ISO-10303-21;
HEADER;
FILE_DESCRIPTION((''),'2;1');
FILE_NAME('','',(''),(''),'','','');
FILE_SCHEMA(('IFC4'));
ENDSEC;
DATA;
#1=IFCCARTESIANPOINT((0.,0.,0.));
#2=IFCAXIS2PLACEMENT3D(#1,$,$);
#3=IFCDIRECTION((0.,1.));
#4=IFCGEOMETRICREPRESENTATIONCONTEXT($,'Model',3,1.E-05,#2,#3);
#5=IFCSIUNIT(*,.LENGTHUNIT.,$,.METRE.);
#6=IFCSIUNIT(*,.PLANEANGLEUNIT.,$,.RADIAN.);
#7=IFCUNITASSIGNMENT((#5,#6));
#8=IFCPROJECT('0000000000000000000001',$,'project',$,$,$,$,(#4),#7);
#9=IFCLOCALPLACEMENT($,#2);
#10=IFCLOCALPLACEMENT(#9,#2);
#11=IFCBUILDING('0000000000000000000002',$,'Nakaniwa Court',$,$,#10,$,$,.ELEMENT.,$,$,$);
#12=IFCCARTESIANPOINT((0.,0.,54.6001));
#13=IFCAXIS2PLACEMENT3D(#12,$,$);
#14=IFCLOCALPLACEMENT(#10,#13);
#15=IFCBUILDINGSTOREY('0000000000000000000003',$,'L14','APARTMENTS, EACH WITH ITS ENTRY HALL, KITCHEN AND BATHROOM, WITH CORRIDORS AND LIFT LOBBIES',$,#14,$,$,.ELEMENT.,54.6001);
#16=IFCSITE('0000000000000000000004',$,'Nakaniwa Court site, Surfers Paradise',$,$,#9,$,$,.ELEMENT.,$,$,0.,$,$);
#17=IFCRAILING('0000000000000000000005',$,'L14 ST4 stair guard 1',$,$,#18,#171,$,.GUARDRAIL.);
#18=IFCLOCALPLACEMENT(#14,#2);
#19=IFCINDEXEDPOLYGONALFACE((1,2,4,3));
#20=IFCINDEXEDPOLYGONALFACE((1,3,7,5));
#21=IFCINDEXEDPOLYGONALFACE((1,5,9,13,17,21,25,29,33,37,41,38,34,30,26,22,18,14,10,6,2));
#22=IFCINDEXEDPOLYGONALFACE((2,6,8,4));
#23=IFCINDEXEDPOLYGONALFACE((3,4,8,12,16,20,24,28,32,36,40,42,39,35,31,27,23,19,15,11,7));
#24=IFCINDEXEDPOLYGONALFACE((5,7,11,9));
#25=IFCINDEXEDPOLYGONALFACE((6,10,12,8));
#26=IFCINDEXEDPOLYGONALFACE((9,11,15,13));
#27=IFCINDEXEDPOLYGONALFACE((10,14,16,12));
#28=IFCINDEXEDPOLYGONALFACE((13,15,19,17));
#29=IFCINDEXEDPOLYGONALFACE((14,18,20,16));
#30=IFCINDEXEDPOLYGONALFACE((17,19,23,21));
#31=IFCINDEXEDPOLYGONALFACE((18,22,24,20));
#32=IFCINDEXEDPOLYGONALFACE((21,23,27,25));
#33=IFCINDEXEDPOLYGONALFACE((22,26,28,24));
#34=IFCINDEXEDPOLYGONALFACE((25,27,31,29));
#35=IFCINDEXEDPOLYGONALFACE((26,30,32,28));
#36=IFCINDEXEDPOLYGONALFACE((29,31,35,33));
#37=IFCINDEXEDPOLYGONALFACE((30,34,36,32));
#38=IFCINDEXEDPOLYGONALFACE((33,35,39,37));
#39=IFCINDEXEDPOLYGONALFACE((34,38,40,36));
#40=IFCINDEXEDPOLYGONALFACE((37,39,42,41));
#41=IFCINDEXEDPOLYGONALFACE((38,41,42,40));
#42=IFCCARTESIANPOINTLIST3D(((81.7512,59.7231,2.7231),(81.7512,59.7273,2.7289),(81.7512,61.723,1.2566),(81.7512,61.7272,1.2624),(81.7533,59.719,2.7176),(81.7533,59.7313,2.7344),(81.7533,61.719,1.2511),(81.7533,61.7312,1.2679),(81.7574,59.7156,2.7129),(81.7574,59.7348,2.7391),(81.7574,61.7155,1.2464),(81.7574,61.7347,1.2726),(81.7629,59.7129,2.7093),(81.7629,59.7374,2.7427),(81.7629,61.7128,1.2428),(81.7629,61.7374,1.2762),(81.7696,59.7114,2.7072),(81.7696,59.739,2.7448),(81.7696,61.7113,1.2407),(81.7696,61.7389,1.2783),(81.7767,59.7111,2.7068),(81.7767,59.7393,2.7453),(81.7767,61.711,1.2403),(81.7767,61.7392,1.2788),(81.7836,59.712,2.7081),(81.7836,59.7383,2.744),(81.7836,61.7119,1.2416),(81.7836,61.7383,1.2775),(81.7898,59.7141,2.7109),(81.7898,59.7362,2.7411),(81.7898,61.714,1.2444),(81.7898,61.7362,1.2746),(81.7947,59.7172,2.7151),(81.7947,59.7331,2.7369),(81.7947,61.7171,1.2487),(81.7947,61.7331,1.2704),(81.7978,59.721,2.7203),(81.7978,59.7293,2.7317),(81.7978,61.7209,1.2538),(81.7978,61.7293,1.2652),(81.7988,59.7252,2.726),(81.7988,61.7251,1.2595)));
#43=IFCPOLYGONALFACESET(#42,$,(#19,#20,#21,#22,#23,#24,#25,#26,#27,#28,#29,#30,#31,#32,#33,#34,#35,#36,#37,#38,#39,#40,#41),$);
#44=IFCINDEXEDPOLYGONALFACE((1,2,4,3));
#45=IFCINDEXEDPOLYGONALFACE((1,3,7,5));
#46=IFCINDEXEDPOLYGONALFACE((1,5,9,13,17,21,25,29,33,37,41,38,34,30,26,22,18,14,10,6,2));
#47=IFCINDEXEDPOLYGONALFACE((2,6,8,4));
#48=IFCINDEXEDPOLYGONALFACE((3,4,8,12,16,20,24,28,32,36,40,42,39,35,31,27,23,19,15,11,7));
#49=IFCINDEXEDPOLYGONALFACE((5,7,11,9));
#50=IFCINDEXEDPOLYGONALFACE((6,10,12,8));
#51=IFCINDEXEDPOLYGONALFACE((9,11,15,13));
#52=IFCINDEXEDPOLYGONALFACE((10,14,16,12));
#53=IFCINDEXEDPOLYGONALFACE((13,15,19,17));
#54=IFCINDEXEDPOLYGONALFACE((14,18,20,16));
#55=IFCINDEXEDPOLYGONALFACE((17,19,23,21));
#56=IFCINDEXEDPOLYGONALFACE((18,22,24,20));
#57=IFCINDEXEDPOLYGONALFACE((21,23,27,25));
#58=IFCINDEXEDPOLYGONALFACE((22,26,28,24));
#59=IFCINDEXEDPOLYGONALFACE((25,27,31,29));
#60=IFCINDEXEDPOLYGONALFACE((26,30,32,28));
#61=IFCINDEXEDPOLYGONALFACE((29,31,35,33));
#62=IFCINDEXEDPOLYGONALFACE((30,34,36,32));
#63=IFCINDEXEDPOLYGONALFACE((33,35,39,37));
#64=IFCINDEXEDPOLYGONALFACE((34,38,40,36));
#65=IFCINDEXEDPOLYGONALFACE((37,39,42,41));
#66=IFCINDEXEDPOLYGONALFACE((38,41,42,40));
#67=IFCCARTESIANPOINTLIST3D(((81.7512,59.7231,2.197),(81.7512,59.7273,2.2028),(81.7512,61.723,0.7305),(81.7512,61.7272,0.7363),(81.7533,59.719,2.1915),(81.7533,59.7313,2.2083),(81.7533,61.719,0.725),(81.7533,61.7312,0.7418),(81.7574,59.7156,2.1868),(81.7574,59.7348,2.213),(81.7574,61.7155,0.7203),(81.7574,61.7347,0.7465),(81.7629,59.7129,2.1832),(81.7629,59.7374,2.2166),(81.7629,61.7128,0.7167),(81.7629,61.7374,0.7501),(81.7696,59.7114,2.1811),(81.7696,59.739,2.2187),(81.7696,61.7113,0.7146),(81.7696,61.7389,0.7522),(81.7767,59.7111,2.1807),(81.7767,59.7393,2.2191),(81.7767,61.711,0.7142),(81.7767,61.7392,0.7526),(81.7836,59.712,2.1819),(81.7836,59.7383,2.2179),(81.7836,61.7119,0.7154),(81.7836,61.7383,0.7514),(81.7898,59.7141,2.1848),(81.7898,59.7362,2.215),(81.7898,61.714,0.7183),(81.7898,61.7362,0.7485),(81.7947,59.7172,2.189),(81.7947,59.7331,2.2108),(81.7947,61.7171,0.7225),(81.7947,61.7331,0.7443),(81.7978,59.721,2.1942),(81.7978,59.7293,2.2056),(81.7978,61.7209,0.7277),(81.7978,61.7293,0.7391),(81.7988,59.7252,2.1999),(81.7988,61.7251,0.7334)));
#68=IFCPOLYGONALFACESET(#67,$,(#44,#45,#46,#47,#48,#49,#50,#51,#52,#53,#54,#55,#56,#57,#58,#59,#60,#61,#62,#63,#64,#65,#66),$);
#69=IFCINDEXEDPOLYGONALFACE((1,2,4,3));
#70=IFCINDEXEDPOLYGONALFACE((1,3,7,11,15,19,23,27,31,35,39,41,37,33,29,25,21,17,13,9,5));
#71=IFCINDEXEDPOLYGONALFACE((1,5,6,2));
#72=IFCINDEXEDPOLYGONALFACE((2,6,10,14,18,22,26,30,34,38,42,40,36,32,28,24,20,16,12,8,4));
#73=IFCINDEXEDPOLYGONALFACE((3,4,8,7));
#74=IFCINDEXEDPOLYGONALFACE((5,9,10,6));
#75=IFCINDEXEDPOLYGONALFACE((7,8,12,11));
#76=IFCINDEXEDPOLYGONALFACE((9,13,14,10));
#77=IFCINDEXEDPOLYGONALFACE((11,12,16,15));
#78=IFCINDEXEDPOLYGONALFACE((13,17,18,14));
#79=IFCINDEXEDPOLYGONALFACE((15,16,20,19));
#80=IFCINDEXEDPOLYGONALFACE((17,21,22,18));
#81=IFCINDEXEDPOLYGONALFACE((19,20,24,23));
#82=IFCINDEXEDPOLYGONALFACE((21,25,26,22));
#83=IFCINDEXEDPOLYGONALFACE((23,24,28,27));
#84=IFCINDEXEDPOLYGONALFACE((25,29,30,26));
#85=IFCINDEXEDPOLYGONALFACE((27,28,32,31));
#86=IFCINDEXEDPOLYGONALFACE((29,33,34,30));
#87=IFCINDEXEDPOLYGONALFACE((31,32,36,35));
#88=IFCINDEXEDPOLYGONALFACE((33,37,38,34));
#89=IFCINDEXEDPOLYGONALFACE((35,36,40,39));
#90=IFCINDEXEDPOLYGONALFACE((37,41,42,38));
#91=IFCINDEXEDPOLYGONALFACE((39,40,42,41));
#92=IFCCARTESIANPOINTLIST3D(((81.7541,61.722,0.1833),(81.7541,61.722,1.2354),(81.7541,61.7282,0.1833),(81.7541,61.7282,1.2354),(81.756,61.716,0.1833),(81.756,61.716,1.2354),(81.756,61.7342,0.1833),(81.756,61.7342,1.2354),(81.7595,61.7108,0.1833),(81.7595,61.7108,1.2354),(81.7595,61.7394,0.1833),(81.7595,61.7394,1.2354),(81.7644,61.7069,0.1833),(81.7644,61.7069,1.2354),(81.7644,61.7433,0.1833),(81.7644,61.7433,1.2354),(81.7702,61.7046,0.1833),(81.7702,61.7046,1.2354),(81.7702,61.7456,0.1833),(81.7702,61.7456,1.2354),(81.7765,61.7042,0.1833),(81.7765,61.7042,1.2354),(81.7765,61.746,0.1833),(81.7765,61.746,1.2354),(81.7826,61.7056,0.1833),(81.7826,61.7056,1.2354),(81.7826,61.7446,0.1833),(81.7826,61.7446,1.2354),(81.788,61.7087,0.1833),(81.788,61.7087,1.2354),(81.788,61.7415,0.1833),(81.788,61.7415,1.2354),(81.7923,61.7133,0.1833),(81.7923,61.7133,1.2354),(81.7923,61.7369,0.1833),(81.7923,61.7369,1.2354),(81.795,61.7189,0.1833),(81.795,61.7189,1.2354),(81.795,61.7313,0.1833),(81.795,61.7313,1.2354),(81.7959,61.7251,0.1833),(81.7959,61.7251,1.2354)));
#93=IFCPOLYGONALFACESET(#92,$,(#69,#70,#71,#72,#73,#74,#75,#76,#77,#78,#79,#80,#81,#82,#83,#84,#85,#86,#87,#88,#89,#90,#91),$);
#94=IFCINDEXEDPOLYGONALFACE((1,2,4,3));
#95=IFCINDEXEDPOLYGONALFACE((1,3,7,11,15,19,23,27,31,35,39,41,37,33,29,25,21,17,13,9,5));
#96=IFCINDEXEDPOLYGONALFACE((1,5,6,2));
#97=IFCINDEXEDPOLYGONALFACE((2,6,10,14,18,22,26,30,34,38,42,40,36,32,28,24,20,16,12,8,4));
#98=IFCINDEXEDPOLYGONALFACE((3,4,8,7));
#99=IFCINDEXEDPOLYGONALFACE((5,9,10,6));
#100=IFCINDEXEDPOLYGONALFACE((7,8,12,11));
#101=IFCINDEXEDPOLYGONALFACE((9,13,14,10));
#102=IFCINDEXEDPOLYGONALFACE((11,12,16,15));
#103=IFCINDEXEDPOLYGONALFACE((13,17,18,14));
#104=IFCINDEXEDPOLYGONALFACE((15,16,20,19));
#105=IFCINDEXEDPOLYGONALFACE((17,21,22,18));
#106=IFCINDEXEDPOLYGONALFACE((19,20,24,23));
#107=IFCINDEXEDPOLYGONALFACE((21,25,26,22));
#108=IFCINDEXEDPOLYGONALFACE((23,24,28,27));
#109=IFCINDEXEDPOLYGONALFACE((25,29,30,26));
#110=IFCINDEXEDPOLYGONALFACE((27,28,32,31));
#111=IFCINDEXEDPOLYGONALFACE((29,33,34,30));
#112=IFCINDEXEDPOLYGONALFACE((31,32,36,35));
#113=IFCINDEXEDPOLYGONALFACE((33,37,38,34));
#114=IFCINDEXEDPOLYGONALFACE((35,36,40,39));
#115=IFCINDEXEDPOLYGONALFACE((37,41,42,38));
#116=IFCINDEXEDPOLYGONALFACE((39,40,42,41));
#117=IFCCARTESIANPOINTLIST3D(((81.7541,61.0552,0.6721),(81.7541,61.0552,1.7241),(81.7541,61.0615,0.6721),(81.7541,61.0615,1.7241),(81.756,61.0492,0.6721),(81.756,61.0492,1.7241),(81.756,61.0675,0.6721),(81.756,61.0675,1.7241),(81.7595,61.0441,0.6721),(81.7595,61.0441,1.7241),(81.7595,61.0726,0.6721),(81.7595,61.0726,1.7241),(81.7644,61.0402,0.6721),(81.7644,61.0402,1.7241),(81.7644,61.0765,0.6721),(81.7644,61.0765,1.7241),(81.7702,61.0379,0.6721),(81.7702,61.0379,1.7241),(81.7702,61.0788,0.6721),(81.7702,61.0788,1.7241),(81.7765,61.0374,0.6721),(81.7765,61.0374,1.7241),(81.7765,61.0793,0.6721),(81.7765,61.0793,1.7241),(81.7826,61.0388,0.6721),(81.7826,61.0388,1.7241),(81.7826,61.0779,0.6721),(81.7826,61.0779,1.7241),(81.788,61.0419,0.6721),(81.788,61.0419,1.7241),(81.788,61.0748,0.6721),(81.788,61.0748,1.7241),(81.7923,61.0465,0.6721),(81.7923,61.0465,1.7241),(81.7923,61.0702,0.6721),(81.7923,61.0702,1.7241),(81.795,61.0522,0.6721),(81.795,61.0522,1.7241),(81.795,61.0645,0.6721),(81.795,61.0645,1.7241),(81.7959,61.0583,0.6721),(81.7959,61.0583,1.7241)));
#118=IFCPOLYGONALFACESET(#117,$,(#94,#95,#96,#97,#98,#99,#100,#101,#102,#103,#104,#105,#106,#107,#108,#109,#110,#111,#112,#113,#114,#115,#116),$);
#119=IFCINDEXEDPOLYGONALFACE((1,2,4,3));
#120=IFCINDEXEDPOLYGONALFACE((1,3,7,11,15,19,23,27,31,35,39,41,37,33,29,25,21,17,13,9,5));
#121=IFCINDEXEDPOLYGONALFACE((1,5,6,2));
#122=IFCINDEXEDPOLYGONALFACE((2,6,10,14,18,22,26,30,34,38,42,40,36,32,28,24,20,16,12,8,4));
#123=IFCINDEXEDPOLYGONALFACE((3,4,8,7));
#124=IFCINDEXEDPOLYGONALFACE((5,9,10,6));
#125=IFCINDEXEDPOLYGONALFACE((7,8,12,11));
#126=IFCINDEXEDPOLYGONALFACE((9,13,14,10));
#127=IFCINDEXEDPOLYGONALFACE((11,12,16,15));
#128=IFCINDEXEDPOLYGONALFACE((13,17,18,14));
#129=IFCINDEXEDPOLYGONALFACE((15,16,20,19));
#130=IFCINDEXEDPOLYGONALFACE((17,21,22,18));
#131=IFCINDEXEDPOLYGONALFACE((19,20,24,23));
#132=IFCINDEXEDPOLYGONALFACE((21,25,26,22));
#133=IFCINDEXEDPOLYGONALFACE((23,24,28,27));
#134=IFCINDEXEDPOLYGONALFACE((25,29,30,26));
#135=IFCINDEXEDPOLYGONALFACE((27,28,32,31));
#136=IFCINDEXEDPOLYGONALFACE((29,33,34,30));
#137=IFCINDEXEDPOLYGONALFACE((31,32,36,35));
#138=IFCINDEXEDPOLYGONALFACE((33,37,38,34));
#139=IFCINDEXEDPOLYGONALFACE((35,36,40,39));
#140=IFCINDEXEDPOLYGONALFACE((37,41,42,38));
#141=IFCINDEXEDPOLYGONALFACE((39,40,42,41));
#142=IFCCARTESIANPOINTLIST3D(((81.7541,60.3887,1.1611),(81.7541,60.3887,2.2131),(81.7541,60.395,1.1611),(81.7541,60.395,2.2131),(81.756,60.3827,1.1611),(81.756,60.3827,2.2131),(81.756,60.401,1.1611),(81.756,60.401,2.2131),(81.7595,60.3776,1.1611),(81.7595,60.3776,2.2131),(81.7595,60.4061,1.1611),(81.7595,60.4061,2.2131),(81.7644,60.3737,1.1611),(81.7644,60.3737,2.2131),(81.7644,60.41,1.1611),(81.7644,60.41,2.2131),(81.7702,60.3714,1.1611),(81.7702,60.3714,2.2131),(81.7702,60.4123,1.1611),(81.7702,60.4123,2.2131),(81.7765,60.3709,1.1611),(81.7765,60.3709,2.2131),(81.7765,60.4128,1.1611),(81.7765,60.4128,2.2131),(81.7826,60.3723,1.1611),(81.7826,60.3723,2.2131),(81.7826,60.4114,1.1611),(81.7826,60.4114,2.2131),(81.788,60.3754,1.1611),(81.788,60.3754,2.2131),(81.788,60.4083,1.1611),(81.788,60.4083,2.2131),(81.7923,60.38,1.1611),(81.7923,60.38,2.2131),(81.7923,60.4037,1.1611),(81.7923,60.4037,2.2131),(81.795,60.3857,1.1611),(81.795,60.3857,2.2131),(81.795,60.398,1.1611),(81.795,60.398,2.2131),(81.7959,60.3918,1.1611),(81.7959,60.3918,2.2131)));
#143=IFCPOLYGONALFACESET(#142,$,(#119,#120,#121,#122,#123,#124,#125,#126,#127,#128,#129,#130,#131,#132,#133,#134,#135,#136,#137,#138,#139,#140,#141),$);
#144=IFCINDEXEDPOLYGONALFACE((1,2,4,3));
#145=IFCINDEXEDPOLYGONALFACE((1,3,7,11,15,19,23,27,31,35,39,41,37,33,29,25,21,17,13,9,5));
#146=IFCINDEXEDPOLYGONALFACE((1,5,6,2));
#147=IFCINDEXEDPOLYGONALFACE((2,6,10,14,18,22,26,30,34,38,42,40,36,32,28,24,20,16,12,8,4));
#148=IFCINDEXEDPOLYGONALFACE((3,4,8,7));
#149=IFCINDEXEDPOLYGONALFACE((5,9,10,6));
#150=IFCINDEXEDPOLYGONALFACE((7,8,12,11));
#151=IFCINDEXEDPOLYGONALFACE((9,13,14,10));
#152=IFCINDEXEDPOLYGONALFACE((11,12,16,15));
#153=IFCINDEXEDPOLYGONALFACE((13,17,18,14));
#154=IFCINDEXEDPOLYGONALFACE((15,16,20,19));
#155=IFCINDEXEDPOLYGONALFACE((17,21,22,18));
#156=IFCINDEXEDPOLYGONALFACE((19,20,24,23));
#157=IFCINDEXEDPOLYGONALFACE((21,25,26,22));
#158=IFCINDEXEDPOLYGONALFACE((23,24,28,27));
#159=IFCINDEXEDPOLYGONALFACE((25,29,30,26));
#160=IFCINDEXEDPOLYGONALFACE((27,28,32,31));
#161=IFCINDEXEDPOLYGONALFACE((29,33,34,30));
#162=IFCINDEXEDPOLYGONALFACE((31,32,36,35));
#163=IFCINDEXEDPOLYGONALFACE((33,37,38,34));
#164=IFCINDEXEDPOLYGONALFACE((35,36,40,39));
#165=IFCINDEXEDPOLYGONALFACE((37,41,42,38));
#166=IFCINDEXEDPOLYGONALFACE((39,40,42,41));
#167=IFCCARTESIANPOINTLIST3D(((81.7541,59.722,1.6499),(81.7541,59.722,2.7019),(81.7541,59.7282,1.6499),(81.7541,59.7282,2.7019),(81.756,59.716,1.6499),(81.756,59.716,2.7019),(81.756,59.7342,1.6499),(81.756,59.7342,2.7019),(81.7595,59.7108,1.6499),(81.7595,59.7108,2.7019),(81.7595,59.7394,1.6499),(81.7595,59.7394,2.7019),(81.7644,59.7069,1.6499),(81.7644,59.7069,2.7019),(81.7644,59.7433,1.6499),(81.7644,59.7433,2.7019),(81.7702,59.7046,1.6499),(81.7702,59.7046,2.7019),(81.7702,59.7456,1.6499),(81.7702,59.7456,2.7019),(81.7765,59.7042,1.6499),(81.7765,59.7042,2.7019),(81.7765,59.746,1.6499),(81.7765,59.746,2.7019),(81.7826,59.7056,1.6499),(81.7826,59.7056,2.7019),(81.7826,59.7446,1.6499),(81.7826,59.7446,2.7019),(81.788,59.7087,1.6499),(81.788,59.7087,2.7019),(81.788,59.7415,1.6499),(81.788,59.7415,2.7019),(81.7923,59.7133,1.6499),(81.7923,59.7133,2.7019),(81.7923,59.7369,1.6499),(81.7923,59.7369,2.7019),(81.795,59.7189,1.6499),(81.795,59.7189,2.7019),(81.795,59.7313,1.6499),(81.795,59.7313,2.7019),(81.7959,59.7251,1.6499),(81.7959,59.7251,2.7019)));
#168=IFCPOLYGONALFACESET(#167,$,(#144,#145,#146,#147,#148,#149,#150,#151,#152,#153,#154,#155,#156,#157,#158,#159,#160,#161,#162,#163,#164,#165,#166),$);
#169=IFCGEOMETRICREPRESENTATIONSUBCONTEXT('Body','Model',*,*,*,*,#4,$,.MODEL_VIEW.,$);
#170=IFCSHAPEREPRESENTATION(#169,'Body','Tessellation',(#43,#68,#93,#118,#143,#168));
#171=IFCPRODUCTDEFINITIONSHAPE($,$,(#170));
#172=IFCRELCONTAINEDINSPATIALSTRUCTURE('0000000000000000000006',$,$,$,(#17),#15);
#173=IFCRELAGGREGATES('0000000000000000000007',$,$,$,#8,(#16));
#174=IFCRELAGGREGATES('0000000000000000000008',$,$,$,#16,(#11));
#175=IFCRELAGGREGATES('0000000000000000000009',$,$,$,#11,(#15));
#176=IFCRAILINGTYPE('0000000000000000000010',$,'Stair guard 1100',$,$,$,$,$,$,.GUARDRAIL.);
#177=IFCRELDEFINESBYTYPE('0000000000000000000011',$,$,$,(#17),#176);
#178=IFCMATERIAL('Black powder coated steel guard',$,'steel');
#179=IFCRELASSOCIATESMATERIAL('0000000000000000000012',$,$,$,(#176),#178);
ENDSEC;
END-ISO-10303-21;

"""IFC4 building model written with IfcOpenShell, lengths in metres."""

from ifc_helpers import new_model, si_unit, direction, frame, origin, origin_2d, place, context, subcontext, project, spatial, circle, extrude, material, type_object, element, save


model = new_model("IFC4")

# Units and contexts
model_context = context("Model", 3, precision=1e-05, world=origin(), true_north=direction((0.0, 1.0)))
body_context = subcontext(model_context, "Body", "Model", "MODEL_VIEW")
ifc_project = project(units=[si_unit("LENGTHUNIT", "METRE"), si_unit("PLANEANGLEUNIT", "RADIAN")], contexts=[model_context])

# Site, building, storey
site_placement = place(None, origin())
site = spatial("IfcSite", under=ifc_project, at=site_placement, Name="Nakaniwa Court site, Surfers Paradise", CompositionType="ELEMENT", RefElevation=0.0)
building_placement = place(site_placement, origin())
building = spatial("IfcBuilding", under=site, at=building_placement, Name="Nakaniwa Court", CompositionType="ELEMENT")
storey_placement = place(building_placement, frame((0.0, 0.0, 54.6001)))
storey = spatial("IfcBuildingStorey", under=building, at=storey_placement, Name="L14", Description="APARTMENTS, EACH WITH ITS ENTRY HALL, KITCHEN AND BATHROOM, WITH CORRIDORS AND LIFT LOBBIES", CompositionType="ELEMENT", Elevation=54.6001)

# Railing
ifc_material_1 = material(Name="Black powder coated steel guard", Category="steel")
railing_type_1 = type_object("IfcRailingType", Name="Stair guard 1100", PredefinedType="GUARDRAIL", material=ifc_material_1)
railing_1_placement = place(storey_placement, frame((81.7749, 61.7251, 0.1833)))
element("IfcRailing", 1, at=railing_1_placement, inside=storey, type_object=railing_type_1, Name="L14 ST4 stair guard 1", PredefinedType="GUARDRAIL", context=body_context, shape_type="SweptSolid", body=[
    extrude(circle(Radius=0.0239, at=origin_2d()), frame((0.0, 0.0, 1.0762), z_axis=(0.0, -0.806427, 0.591334), x_axis=(1.0, 0.0, 0.0)), (0.0, 0.0, 1.0), 2.48),
    extrude(circle(Radius=0.0239, at=origin_2d()), frame((0.0, 0.0, 0.55), z_axis=(0.0, -0.806427, 0.591334), x_axis=(1.0, 0.0, 0.0)), (0.0, 0.0, 1.0), 2.48),
    extrude(circle(Radius=0.021, at=origin_2d()), origin(), (0.0, 0.0, 1.0), 1.052),
    extrude(circle(Radius=0.021, at=origin_2d()), frame((0.0, -0.6667, 0.4888)), (0.0, 0.0, 1.0), 1.052),
    extrude(circle(Radius=0.021, at=origin_2d()), frame((0.0, -1.3333, 0.9778)), (0.0, 0.0, 1.0), 1.052),
    extrude(circle(Radius=0.021, at=origin_2d()), frame((0.0, -2.0, 1.4666)), (0.0, 0.0, 1.0), 1.052),
])

save(model, "model.ifc")
